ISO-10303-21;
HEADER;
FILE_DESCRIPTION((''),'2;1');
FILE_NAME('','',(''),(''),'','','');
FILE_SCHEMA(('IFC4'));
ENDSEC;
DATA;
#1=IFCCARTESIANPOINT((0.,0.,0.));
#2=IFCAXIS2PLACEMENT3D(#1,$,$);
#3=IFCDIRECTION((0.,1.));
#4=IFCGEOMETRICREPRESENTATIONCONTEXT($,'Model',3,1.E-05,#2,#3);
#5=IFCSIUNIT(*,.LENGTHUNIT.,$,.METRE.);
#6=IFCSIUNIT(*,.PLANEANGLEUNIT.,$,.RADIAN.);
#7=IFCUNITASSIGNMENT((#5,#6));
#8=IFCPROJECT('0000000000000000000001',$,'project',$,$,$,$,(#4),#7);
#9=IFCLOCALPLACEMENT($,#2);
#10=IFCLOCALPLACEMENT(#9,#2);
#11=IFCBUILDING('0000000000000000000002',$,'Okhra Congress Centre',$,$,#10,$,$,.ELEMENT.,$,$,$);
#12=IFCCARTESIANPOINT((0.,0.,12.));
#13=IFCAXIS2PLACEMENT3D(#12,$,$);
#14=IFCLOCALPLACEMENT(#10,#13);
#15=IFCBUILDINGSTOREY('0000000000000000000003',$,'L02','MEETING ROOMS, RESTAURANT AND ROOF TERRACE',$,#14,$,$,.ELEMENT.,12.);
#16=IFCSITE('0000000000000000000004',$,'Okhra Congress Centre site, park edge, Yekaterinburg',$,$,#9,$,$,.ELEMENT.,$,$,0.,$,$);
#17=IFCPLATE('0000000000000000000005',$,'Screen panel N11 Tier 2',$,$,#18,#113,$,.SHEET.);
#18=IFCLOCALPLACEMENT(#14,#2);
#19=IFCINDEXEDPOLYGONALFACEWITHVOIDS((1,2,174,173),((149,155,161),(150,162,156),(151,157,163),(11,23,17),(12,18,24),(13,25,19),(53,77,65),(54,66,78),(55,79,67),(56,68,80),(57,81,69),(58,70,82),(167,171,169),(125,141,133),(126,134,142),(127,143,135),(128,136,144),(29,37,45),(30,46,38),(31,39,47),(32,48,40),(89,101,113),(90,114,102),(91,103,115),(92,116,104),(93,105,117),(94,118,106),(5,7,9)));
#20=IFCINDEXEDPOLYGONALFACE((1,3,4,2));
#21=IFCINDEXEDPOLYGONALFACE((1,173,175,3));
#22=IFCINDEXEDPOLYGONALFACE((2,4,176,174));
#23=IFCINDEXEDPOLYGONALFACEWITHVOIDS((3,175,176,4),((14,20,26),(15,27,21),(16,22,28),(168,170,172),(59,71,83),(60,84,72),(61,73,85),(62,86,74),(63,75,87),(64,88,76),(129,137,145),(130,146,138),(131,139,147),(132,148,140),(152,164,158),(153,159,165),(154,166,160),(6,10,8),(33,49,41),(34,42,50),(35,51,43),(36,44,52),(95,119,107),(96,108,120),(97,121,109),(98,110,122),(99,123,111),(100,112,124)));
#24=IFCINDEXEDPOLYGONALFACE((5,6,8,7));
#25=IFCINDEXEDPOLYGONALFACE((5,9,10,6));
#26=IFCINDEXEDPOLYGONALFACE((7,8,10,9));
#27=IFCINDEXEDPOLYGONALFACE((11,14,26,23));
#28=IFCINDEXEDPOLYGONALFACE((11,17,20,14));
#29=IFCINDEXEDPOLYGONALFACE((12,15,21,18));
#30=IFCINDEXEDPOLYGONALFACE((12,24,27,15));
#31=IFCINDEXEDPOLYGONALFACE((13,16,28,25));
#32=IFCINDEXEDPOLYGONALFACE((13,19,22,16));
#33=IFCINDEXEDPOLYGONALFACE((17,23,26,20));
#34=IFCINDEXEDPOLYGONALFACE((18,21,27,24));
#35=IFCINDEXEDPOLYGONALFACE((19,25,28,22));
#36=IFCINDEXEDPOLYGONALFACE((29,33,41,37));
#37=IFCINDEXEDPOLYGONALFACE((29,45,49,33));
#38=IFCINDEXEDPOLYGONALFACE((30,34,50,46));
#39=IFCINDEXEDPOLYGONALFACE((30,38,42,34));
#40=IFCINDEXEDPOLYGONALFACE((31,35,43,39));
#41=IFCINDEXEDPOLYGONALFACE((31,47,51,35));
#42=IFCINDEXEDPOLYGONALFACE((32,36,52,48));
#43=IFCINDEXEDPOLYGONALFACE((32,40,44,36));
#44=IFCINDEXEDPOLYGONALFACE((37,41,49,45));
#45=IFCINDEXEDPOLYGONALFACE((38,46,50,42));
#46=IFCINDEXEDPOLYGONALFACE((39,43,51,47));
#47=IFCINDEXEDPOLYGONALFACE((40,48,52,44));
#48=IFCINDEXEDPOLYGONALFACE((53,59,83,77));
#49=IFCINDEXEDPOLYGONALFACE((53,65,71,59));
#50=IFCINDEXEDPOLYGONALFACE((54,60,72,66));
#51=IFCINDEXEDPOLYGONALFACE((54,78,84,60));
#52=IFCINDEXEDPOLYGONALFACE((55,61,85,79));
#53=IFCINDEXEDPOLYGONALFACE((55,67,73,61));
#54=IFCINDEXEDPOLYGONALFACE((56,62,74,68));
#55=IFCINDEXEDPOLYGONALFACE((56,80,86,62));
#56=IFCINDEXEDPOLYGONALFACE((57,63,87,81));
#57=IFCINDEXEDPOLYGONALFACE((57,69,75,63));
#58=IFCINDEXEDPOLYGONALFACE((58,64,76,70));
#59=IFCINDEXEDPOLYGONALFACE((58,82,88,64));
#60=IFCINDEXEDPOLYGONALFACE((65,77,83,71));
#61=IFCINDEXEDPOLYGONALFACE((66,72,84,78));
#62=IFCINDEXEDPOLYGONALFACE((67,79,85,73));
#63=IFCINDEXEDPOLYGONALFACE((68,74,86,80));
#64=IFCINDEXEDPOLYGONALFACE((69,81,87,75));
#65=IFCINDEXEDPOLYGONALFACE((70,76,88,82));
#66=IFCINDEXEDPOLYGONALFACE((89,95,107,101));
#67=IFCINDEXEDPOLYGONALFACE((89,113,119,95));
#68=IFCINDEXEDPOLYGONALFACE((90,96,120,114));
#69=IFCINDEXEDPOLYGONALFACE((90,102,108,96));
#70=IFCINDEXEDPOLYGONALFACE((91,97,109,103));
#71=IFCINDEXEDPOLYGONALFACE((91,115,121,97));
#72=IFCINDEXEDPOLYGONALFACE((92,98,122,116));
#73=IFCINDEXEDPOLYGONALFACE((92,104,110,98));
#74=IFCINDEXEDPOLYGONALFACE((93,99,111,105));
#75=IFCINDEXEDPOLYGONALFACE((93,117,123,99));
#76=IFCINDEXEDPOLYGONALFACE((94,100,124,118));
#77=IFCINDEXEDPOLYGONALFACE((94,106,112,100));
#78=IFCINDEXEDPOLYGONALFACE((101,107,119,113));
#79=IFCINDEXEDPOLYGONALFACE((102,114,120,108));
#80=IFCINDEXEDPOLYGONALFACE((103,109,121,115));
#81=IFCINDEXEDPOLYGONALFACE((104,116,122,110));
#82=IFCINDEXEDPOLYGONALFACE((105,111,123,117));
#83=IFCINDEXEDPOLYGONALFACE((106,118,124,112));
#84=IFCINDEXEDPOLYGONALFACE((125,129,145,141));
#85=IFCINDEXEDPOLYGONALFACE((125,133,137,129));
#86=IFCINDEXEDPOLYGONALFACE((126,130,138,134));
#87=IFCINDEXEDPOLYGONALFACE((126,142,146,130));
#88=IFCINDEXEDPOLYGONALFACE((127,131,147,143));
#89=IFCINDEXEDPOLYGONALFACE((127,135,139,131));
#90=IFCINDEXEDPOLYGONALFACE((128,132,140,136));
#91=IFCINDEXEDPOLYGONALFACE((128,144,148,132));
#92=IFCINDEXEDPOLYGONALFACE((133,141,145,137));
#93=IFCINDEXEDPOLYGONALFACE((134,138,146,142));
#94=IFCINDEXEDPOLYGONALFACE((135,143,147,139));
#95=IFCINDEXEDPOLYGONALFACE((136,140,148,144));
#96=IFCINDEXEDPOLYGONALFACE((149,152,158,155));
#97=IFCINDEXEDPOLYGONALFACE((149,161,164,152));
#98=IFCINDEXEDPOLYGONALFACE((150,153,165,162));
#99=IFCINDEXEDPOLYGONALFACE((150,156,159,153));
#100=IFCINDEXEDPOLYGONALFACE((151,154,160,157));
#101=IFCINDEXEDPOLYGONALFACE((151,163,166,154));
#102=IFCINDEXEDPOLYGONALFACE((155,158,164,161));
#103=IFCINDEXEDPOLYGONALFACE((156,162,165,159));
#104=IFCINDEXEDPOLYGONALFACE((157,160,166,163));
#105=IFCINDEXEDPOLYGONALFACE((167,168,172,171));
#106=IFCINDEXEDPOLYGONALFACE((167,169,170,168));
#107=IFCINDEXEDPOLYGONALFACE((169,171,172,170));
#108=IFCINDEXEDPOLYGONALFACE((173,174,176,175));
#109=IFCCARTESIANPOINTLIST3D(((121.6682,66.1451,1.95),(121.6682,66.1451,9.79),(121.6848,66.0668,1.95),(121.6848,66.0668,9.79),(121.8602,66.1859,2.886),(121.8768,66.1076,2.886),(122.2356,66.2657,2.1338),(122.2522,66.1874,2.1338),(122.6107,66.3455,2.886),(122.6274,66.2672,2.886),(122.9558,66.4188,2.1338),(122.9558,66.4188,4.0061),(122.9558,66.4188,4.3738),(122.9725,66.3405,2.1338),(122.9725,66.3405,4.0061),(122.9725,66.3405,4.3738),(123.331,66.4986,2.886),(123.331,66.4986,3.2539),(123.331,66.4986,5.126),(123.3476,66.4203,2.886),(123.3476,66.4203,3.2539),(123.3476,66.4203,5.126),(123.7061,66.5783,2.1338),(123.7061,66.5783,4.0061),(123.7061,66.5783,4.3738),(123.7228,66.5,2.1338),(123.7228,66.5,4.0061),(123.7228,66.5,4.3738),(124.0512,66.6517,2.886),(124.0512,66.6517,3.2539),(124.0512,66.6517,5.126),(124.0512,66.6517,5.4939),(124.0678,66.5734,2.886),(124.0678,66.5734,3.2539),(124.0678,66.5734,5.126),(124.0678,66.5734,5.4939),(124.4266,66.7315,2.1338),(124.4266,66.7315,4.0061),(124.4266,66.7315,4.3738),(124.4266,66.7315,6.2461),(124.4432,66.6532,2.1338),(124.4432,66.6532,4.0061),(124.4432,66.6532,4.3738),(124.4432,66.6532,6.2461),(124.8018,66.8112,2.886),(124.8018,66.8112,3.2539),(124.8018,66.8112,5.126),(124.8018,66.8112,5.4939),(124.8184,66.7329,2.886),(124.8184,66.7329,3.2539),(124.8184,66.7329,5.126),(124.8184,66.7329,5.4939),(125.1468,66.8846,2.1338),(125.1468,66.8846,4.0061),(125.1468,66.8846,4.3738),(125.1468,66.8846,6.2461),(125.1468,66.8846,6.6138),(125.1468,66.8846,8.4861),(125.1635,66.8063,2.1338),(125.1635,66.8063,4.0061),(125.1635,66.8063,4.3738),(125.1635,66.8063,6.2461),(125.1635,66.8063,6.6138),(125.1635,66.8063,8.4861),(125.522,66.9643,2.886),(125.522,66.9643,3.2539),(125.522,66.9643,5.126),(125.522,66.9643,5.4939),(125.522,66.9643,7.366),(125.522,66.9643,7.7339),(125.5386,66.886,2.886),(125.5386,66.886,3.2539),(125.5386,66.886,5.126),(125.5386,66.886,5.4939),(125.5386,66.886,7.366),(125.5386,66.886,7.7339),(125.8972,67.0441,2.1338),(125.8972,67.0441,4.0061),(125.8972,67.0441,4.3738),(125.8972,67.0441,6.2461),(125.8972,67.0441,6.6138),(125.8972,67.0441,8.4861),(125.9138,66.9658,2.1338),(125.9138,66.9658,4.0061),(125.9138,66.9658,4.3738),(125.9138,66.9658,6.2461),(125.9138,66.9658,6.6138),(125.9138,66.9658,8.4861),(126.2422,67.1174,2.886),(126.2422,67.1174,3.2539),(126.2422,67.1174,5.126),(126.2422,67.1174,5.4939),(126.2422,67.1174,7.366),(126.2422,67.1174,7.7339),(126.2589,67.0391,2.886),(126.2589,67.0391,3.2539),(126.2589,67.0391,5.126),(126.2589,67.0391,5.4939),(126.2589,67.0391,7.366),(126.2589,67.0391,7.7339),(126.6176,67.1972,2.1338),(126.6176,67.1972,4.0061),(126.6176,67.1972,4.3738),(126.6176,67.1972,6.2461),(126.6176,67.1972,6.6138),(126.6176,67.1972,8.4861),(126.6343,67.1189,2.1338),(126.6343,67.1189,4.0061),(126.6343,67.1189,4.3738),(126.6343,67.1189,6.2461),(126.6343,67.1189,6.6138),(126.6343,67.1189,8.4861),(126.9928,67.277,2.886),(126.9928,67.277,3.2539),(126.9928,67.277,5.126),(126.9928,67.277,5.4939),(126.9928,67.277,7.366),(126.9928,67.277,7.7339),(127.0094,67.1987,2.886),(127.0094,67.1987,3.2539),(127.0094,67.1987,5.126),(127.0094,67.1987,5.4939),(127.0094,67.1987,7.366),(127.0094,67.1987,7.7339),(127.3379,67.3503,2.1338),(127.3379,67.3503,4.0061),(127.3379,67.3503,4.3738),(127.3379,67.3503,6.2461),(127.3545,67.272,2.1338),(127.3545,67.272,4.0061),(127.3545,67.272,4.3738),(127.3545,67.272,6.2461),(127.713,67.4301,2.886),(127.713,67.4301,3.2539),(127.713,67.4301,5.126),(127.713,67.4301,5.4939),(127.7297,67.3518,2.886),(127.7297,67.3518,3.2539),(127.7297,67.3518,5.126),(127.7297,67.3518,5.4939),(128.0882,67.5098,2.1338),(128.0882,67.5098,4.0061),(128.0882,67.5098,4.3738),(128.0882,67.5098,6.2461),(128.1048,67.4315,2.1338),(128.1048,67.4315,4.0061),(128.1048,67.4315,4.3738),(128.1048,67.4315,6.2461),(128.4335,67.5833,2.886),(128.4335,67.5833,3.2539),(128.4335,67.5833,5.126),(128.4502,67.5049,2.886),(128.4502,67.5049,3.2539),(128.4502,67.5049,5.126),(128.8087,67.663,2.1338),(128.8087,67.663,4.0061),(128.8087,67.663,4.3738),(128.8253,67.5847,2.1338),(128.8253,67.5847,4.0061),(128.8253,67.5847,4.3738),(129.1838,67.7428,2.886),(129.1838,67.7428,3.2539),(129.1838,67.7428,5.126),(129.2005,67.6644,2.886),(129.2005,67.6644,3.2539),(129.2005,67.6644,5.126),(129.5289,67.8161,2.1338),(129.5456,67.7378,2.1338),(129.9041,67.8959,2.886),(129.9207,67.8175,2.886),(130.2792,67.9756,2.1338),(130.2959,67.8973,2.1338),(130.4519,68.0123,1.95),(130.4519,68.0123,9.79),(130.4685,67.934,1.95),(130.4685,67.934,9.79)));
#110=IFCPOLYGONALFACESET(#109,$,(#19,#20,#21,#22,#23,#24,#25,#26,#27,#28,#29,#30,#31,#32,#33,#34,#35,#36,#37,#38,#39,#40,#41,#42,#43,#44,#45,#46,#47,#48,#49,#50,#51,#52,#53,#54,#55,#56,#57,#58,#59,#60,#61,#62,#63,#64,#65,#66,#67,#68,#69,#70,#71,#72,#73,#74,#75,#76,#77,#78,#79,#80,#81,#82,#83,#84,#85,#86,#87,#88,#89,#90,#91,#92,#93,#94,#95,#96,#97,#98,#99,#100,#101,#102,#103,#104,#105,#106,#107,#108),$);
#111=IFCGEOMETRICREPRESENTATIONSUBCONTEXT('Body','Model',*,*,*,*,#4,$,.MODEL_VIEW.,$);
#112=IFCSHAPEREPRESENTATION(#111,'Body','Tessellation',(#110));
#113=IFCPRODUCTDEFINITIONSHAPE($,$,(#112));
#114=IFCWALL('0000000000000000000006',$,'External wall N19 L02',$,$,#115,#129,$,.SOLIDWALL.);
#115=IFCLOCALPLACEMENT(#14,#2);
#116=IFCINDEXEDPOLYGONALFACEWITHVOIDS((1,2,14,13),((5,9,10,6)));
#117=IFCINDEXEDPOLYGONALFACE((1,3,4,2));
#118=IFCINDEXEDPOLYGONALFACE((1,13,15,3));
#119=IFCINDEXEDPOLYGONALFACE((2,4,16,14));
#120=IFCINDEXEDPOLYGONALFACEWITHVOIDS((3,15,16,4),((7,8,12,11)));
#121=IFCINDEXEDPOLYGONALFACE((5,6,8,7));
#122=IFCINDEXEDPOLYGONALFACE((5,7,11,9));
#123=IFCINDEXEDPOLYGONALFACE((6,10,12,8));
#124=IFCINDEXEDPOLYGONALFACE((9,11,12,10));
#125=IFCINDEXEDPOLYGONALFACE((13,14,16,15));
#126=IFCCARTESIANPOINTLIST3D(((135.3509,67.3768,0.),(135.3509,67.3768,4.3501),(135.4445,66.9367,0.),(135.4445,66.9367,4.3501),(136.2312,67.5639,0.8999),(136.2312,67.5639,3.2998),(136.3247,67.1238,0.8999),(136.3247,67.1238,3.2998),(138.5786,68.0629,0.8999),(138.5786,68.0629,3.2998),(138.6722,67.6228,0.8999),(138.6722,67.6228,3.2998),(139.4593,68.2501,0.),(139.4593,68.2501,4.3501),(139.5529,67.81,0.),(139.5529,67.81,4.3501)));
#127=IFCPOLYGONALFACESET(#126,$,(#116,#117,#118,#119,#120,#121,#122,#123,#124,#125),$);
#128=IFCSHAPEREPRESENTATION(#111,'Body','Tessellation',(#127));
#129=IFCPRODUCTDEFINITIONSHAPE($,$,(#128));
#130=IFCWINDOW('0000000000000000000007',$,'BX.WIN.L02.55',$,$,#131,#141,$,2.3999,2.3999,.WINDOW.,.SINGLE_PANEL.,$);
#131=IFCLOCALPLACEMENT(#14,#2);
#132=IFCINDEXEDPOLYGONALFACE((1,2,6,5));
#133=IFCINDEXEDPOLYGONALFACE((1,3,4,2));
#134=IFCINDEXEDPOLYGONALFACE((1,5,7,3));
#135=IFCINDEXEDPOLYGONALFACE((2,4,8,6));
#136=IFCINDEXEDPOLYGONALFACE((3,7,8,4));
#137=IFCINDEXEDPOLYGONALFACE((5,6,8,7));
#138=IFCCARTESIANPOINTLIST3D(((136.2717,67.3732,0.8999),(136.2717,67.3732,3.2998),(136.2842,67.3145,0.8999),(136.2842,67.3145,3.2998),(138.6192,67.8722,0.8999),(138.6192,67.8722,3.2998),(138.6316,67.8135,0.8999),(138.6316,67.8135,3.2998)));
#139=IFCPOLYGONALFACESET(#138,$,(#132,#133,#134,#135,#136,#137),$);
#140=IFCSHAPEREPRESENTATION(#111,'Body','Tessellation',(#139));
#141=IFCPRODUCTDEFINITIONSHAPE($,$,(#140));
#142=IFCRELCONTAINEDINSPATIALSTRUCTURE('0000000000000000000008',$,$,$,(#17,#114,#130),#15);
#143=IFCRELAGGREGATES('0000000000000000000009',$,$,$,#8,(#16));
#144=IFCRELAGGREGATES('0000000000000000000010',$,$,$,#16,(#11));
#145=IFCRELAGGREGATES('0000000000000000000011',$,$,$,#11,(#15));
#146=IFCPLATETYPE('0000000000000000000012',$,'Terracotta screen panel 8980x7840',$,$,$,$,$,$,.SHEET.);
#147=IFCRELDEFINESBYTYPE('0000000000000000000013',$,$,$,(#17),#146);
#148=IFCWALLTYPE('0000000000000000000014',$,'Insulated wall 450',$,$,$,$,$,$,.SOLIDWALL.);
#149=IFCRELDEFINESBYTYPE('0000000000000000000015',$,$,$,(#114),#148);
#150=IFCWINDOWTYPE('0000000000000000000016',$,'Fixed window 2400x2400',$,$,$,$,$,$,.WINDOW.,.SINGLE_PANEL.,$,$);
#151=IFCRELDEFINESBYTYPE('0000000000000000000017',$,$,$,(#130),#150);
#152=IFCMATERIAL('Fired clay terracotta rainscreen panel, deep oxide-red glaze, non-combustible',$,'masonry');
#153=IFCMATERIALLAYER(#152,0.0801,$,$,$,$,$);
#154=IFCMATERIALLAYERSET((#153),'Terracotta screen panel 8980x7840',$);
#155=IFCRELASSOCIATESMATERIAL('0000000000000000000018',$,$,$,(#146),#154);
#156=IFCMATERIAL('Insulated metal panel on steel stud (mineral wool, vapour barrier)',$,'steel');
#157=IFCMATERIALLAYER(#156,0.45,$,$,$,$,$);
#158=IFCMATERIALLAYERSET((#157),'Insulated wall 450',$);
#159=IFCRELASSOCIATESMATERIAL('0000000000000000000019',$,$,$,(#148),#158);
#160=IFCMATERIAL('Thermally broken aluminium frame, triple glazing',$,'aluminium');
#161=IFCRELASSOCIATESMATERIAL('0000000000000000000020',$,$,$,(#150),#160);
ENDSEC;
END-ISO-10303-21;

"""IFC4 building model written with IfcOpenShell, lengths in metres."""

from ifc_helpers import new_model, si_unit, direction, frame, frame_2d, origin, place, context, subcontext, project, spatial, polyline, rectangle, outline, extrude, material, layer, layer_set, type_object, element, fill, save


model = new_model("IFC4")

# Units and contexts
model_context = context("Model", 3, precision=1e-05, world=origin(), true_north=direction((0.0, 1.0)))
body_context = subcontext(model_context, "Body", "Model", "MODEL_VIEW")
ifc_project = project(units=[si_unit("LENGTHUNIT", "METRE"), si_unit("PLANEANGLEUNIT", "RADIAN")], contexts=[model_context])

# Site, building, storey
site_placement = place(None, origin())
site = spatial("IfcSite", under=ifc_project, at=site_placement, Name="Okhra Congress Centre site, park edge, Yekaterinburg", CompositionType="ELEMENT", RefElevation=0.0)
building_placement = place(site_placement, origin())
building = spatial("IfcBuilding", under=site, at=building_placement, Name="Okhra Congress Centre", CompositionType="ELEMENT")
storey_placement = place(building_placement, frame((0.0, 0.0, 12.0)))
storey = spatial("IfcBuildingStorey", under=building, at=storey_placement, Name="L02", Description="MEETING ROOMS, RESTAURANT AND ROOF TERRACE", CompositionType="ELEMENT", Elevation=12.0)

# Plate
ifc_material_1 = material(Name="Fired clay terracotta rainscreen panel, deep oxide-red glaze, non-combustible", Category="masonry")
ifc_layer_1 = layer(ifc_material_1, 0.0801)
ifc_layer_set_1 = layer_set([ifc_layer_1], Name="Terracotta screen panel 8980x7840")
plate_type = type_object("IfcPlateType", Name="Terracotta screen panel 8980x7840", PredefinedType="SHEET", material=ifc_layer_set_1)
plate_1_placement = place(storey_placement, frame((130.4602, 67.9731, 1.95), z_axis=(0.0, 0.0, 1.0), x_axis=(-0.978144, -0.207928, 0.0)))
element("IfcPlate", 1, at=plate_1_placement, inside=storey, type_object=plate_type, Name="Screen panel N11 Tier 2", PredefinedType="SHEET", context=body_context, shape_type="SweptSolid", body=[
    extrude(outline(polyline([(0.0, 0.0), (8.98, 0.0), (8.98, 7.8401), (0.0, 7.8401), (0.0, 0.0)]), holes=[polyline([(0.1765, 0.1838), (0.9436, 0.1838), (0.5601, 0.936), (0.1765, 0.1838)]), polyline([(1.2964, 0.936), (1.6799, 0.1838), (2.0635, 0.936), (1.2964, 0.936)]), polyline([(2.4165, 0.1838), (3.1836, 0.1838), (2.8, 0.936), (2.4165, 0.1838)]), polyline([(3.5364, 0.936), (3.9199, 0.1838), (4.3037, 0.936), (3.5364, 0.936)]), polyline([(4.6565, 0.1838), (5.4236, 0.1838), (5.04, 0.936), (4.6565, 0.1838)]), polyline([(5.7764, 0.936), (6.1599, 0.1838), (6.5437, 0.936), (5.7764, 0.936)]), polyline([(6.8965, 0.1838), (7.6636, 0.1838), (7.28, 0.936), (6.8965, 0.1838)]), polyline([(8.0164, 0.936), (8.3999, 0.1838), (8.7837, 0.936), (8.0164, 0.936)]), polyline([(1.2964, 1.304), (2.0635, 1.304), (1.6799, 2.0562), (1.2964, 1.304)]), polyline([(2.4165, 2.0562), (2.8, 1.304), (3.1836, 2.0562), (2.4165, 2.0562)]), polyline([(3.5364, 1.304), (4.3037, 1.304), (3.9199, 2.0562), (3.5364, 1.304)]), polyline([(4.6565, 2.0562), (5.04, 1.304), (5.4236, 2.0562), (4.6565, 2.0562)]), polyline([(5.7764, 1.304), (6.5437, 1.304), (6.1599, 2.0562), (5.7764, 1.304)]), polyline([(6.8965, 2.0562), (7.28, 1.304), (7.6636, 2.0562), (6.8965, 2.0562)]), polyline([(1.2964, 3.176), (1.6799, 2.4238), (2.0635, 3.176), (1.2964, 3.176)]), polyline([(2.4165, 2.4238), (3.1836, 2.4238), (2.8, 3.176), (2.4165, 2.4238)]), polyline([(3.5364, 3.176), (3.9199, 2.4238), (4.3037, 3.176), (3.5364, 3.176)]), polyline([(4.6565, 2.4238), (5.4236, 2.4238), (5.04, 3.176), (4.6565, 2.4238)]), polyline([(5.7764, 3.176), (6.1599, 2.4238), (6.5437, 3.176), (5.7764, 3.176)]), polyline([(6.8965, 2.4238), (7.6636, 2.4238), (7.28, 3.176), (6.8965, 2.4238)]), polyline([(2.4165, 4.2961), (2.8, 3.5439), (3.1836, 4.2961), (2.4165, 4.2961)]), polyline([(3.5364, 3.5439), (4.3037, 3.5439), (3.9199, 4.2961), (3.5364, 3.5439)]), polyline([(4.6565, 4.2961), (5.04, 3.5439), (5.4236, 4.2961), (4.6565, 4.2961)]), polyline([(5.7764, 3.5439), (6.5437, 3.5439), (6.1599, 4.2961), (5.7764, 3.5439)]), polyline([(3.5364, 5.416), (3.9199, 4.6638), (4.3037, 5.416), (3.5364, 5.416)]), polyline([(4.6565, 4.6638), (5.4236, 4.6638), (5.04, 5.416), (4.6565, 4.6638)]), polyline([(3.5364, 5.7839), (4.3037, 5.7839), (3.9199, 6.5361), (3.5364, 5.7839)]), polyline([(4.6565, 6.5361), (5.04, 5.7839), (5.4236, 6.5361), (4.6565, 6.5361)])]), frame((0.0, 0.04, 0.0), z_axis=(0.0, -1.0, 0.0), x_axis=(1.0, 0.0, 0.0)), (0.0, 0.0, 1.0), 0.0801),
])

# Wall, opening, window
ifc_material_2 = material(Name="Insulated metal panel on steel stud (mineral wool, vapour barrier)", Category="steel")
ifc_layer_2 = layer(ifc_material_2, 0.45)
ifc_layer_set_2 = layer_set([ifc_layer_2], Name="Insulated wall 450")
wall_type_1 = type_object("IfcWallType", Name="Insulated wall 450", PredefinedType="SOLIDWALL", material=ifc_layer_set_2)
wall_1_placement = place(storey_placement, frame((135.3977, 67.1567, 0.0), z_axis=(0.0, 0.0, 1.0), x_axis=(0.978146, 0.207917, 0.0)))
wall_1 = element("IfcWall", 2, at=wall_1_placement, inside=storey, type_object=wall_type_1, Name="External wall N19 L02", PredefinedType="SOLIDWALL", context=body_context, shape_type="SweptSolid", body=[
    extrude(rectangle(XDim=4.2002, YDim=0.45, at=frame_2d((2.1001, 0.0))), origin(), (0.0, 0.0, 1.0), 4.3501),
])
opening_1_placement = place(wall_1_placement, frame((0.8999, 0.0, 0.8999)))
opening_1 = element("IfcOpeningElement", 3, at=opening_1_placement, cuts=wall_1, PredefinedType="OPENING", context=body_context, shape_type="SweptSolid", body=[
    extrude(rectangle(XDim=2.3999, YDim=2.3999, at=frame_2d((1.2, 1.2))), frame((0.0, 0.2349, 0.0), z_axis=(0.0, -1.0, 0.0), x_axis=(1.0, 0.0, 0.0)), (0.0, 0.0, 1.0), 0.47),
])
ifc_material_3 = material(Name="Thermally broken aluminium frame, triple glazing", Category="aluminium")
window_type = type_object("IfcWindowType", Name="Fixed window 2400x2400", PartitioningType="SINGLE_PANEL", PredefinedType="WINDOW", material=ifc_material_3)
window_1_placement = place(opening_1_placement, origin())
window_1 = element("IfcWindow", 4, at=window_1_placement, inside=storey, type_object=window_type, Name="BX.WIN.L02.55", OverallHeight=2.3999, OverallWidth=2.3999, PartitioningType="SINGLE_PANEL", PredefinedType="WINDOW", context=body_context, shape_type="SweptSolid", body=[
    extrude(rectangle(XDim=2.3999, YDim=2.3999, at=frame_2d((1.2, 1.2))), frame((0.0, 0.03, 0.0), z_axis=(0.0, -1.0, 0.0), x_axis=(1.0, 0.0, 0.0)), (0.0, 0.0, 1.0), 0.0601),
])
fill(opening_1, window_1)

save(model, "model.ifc")
